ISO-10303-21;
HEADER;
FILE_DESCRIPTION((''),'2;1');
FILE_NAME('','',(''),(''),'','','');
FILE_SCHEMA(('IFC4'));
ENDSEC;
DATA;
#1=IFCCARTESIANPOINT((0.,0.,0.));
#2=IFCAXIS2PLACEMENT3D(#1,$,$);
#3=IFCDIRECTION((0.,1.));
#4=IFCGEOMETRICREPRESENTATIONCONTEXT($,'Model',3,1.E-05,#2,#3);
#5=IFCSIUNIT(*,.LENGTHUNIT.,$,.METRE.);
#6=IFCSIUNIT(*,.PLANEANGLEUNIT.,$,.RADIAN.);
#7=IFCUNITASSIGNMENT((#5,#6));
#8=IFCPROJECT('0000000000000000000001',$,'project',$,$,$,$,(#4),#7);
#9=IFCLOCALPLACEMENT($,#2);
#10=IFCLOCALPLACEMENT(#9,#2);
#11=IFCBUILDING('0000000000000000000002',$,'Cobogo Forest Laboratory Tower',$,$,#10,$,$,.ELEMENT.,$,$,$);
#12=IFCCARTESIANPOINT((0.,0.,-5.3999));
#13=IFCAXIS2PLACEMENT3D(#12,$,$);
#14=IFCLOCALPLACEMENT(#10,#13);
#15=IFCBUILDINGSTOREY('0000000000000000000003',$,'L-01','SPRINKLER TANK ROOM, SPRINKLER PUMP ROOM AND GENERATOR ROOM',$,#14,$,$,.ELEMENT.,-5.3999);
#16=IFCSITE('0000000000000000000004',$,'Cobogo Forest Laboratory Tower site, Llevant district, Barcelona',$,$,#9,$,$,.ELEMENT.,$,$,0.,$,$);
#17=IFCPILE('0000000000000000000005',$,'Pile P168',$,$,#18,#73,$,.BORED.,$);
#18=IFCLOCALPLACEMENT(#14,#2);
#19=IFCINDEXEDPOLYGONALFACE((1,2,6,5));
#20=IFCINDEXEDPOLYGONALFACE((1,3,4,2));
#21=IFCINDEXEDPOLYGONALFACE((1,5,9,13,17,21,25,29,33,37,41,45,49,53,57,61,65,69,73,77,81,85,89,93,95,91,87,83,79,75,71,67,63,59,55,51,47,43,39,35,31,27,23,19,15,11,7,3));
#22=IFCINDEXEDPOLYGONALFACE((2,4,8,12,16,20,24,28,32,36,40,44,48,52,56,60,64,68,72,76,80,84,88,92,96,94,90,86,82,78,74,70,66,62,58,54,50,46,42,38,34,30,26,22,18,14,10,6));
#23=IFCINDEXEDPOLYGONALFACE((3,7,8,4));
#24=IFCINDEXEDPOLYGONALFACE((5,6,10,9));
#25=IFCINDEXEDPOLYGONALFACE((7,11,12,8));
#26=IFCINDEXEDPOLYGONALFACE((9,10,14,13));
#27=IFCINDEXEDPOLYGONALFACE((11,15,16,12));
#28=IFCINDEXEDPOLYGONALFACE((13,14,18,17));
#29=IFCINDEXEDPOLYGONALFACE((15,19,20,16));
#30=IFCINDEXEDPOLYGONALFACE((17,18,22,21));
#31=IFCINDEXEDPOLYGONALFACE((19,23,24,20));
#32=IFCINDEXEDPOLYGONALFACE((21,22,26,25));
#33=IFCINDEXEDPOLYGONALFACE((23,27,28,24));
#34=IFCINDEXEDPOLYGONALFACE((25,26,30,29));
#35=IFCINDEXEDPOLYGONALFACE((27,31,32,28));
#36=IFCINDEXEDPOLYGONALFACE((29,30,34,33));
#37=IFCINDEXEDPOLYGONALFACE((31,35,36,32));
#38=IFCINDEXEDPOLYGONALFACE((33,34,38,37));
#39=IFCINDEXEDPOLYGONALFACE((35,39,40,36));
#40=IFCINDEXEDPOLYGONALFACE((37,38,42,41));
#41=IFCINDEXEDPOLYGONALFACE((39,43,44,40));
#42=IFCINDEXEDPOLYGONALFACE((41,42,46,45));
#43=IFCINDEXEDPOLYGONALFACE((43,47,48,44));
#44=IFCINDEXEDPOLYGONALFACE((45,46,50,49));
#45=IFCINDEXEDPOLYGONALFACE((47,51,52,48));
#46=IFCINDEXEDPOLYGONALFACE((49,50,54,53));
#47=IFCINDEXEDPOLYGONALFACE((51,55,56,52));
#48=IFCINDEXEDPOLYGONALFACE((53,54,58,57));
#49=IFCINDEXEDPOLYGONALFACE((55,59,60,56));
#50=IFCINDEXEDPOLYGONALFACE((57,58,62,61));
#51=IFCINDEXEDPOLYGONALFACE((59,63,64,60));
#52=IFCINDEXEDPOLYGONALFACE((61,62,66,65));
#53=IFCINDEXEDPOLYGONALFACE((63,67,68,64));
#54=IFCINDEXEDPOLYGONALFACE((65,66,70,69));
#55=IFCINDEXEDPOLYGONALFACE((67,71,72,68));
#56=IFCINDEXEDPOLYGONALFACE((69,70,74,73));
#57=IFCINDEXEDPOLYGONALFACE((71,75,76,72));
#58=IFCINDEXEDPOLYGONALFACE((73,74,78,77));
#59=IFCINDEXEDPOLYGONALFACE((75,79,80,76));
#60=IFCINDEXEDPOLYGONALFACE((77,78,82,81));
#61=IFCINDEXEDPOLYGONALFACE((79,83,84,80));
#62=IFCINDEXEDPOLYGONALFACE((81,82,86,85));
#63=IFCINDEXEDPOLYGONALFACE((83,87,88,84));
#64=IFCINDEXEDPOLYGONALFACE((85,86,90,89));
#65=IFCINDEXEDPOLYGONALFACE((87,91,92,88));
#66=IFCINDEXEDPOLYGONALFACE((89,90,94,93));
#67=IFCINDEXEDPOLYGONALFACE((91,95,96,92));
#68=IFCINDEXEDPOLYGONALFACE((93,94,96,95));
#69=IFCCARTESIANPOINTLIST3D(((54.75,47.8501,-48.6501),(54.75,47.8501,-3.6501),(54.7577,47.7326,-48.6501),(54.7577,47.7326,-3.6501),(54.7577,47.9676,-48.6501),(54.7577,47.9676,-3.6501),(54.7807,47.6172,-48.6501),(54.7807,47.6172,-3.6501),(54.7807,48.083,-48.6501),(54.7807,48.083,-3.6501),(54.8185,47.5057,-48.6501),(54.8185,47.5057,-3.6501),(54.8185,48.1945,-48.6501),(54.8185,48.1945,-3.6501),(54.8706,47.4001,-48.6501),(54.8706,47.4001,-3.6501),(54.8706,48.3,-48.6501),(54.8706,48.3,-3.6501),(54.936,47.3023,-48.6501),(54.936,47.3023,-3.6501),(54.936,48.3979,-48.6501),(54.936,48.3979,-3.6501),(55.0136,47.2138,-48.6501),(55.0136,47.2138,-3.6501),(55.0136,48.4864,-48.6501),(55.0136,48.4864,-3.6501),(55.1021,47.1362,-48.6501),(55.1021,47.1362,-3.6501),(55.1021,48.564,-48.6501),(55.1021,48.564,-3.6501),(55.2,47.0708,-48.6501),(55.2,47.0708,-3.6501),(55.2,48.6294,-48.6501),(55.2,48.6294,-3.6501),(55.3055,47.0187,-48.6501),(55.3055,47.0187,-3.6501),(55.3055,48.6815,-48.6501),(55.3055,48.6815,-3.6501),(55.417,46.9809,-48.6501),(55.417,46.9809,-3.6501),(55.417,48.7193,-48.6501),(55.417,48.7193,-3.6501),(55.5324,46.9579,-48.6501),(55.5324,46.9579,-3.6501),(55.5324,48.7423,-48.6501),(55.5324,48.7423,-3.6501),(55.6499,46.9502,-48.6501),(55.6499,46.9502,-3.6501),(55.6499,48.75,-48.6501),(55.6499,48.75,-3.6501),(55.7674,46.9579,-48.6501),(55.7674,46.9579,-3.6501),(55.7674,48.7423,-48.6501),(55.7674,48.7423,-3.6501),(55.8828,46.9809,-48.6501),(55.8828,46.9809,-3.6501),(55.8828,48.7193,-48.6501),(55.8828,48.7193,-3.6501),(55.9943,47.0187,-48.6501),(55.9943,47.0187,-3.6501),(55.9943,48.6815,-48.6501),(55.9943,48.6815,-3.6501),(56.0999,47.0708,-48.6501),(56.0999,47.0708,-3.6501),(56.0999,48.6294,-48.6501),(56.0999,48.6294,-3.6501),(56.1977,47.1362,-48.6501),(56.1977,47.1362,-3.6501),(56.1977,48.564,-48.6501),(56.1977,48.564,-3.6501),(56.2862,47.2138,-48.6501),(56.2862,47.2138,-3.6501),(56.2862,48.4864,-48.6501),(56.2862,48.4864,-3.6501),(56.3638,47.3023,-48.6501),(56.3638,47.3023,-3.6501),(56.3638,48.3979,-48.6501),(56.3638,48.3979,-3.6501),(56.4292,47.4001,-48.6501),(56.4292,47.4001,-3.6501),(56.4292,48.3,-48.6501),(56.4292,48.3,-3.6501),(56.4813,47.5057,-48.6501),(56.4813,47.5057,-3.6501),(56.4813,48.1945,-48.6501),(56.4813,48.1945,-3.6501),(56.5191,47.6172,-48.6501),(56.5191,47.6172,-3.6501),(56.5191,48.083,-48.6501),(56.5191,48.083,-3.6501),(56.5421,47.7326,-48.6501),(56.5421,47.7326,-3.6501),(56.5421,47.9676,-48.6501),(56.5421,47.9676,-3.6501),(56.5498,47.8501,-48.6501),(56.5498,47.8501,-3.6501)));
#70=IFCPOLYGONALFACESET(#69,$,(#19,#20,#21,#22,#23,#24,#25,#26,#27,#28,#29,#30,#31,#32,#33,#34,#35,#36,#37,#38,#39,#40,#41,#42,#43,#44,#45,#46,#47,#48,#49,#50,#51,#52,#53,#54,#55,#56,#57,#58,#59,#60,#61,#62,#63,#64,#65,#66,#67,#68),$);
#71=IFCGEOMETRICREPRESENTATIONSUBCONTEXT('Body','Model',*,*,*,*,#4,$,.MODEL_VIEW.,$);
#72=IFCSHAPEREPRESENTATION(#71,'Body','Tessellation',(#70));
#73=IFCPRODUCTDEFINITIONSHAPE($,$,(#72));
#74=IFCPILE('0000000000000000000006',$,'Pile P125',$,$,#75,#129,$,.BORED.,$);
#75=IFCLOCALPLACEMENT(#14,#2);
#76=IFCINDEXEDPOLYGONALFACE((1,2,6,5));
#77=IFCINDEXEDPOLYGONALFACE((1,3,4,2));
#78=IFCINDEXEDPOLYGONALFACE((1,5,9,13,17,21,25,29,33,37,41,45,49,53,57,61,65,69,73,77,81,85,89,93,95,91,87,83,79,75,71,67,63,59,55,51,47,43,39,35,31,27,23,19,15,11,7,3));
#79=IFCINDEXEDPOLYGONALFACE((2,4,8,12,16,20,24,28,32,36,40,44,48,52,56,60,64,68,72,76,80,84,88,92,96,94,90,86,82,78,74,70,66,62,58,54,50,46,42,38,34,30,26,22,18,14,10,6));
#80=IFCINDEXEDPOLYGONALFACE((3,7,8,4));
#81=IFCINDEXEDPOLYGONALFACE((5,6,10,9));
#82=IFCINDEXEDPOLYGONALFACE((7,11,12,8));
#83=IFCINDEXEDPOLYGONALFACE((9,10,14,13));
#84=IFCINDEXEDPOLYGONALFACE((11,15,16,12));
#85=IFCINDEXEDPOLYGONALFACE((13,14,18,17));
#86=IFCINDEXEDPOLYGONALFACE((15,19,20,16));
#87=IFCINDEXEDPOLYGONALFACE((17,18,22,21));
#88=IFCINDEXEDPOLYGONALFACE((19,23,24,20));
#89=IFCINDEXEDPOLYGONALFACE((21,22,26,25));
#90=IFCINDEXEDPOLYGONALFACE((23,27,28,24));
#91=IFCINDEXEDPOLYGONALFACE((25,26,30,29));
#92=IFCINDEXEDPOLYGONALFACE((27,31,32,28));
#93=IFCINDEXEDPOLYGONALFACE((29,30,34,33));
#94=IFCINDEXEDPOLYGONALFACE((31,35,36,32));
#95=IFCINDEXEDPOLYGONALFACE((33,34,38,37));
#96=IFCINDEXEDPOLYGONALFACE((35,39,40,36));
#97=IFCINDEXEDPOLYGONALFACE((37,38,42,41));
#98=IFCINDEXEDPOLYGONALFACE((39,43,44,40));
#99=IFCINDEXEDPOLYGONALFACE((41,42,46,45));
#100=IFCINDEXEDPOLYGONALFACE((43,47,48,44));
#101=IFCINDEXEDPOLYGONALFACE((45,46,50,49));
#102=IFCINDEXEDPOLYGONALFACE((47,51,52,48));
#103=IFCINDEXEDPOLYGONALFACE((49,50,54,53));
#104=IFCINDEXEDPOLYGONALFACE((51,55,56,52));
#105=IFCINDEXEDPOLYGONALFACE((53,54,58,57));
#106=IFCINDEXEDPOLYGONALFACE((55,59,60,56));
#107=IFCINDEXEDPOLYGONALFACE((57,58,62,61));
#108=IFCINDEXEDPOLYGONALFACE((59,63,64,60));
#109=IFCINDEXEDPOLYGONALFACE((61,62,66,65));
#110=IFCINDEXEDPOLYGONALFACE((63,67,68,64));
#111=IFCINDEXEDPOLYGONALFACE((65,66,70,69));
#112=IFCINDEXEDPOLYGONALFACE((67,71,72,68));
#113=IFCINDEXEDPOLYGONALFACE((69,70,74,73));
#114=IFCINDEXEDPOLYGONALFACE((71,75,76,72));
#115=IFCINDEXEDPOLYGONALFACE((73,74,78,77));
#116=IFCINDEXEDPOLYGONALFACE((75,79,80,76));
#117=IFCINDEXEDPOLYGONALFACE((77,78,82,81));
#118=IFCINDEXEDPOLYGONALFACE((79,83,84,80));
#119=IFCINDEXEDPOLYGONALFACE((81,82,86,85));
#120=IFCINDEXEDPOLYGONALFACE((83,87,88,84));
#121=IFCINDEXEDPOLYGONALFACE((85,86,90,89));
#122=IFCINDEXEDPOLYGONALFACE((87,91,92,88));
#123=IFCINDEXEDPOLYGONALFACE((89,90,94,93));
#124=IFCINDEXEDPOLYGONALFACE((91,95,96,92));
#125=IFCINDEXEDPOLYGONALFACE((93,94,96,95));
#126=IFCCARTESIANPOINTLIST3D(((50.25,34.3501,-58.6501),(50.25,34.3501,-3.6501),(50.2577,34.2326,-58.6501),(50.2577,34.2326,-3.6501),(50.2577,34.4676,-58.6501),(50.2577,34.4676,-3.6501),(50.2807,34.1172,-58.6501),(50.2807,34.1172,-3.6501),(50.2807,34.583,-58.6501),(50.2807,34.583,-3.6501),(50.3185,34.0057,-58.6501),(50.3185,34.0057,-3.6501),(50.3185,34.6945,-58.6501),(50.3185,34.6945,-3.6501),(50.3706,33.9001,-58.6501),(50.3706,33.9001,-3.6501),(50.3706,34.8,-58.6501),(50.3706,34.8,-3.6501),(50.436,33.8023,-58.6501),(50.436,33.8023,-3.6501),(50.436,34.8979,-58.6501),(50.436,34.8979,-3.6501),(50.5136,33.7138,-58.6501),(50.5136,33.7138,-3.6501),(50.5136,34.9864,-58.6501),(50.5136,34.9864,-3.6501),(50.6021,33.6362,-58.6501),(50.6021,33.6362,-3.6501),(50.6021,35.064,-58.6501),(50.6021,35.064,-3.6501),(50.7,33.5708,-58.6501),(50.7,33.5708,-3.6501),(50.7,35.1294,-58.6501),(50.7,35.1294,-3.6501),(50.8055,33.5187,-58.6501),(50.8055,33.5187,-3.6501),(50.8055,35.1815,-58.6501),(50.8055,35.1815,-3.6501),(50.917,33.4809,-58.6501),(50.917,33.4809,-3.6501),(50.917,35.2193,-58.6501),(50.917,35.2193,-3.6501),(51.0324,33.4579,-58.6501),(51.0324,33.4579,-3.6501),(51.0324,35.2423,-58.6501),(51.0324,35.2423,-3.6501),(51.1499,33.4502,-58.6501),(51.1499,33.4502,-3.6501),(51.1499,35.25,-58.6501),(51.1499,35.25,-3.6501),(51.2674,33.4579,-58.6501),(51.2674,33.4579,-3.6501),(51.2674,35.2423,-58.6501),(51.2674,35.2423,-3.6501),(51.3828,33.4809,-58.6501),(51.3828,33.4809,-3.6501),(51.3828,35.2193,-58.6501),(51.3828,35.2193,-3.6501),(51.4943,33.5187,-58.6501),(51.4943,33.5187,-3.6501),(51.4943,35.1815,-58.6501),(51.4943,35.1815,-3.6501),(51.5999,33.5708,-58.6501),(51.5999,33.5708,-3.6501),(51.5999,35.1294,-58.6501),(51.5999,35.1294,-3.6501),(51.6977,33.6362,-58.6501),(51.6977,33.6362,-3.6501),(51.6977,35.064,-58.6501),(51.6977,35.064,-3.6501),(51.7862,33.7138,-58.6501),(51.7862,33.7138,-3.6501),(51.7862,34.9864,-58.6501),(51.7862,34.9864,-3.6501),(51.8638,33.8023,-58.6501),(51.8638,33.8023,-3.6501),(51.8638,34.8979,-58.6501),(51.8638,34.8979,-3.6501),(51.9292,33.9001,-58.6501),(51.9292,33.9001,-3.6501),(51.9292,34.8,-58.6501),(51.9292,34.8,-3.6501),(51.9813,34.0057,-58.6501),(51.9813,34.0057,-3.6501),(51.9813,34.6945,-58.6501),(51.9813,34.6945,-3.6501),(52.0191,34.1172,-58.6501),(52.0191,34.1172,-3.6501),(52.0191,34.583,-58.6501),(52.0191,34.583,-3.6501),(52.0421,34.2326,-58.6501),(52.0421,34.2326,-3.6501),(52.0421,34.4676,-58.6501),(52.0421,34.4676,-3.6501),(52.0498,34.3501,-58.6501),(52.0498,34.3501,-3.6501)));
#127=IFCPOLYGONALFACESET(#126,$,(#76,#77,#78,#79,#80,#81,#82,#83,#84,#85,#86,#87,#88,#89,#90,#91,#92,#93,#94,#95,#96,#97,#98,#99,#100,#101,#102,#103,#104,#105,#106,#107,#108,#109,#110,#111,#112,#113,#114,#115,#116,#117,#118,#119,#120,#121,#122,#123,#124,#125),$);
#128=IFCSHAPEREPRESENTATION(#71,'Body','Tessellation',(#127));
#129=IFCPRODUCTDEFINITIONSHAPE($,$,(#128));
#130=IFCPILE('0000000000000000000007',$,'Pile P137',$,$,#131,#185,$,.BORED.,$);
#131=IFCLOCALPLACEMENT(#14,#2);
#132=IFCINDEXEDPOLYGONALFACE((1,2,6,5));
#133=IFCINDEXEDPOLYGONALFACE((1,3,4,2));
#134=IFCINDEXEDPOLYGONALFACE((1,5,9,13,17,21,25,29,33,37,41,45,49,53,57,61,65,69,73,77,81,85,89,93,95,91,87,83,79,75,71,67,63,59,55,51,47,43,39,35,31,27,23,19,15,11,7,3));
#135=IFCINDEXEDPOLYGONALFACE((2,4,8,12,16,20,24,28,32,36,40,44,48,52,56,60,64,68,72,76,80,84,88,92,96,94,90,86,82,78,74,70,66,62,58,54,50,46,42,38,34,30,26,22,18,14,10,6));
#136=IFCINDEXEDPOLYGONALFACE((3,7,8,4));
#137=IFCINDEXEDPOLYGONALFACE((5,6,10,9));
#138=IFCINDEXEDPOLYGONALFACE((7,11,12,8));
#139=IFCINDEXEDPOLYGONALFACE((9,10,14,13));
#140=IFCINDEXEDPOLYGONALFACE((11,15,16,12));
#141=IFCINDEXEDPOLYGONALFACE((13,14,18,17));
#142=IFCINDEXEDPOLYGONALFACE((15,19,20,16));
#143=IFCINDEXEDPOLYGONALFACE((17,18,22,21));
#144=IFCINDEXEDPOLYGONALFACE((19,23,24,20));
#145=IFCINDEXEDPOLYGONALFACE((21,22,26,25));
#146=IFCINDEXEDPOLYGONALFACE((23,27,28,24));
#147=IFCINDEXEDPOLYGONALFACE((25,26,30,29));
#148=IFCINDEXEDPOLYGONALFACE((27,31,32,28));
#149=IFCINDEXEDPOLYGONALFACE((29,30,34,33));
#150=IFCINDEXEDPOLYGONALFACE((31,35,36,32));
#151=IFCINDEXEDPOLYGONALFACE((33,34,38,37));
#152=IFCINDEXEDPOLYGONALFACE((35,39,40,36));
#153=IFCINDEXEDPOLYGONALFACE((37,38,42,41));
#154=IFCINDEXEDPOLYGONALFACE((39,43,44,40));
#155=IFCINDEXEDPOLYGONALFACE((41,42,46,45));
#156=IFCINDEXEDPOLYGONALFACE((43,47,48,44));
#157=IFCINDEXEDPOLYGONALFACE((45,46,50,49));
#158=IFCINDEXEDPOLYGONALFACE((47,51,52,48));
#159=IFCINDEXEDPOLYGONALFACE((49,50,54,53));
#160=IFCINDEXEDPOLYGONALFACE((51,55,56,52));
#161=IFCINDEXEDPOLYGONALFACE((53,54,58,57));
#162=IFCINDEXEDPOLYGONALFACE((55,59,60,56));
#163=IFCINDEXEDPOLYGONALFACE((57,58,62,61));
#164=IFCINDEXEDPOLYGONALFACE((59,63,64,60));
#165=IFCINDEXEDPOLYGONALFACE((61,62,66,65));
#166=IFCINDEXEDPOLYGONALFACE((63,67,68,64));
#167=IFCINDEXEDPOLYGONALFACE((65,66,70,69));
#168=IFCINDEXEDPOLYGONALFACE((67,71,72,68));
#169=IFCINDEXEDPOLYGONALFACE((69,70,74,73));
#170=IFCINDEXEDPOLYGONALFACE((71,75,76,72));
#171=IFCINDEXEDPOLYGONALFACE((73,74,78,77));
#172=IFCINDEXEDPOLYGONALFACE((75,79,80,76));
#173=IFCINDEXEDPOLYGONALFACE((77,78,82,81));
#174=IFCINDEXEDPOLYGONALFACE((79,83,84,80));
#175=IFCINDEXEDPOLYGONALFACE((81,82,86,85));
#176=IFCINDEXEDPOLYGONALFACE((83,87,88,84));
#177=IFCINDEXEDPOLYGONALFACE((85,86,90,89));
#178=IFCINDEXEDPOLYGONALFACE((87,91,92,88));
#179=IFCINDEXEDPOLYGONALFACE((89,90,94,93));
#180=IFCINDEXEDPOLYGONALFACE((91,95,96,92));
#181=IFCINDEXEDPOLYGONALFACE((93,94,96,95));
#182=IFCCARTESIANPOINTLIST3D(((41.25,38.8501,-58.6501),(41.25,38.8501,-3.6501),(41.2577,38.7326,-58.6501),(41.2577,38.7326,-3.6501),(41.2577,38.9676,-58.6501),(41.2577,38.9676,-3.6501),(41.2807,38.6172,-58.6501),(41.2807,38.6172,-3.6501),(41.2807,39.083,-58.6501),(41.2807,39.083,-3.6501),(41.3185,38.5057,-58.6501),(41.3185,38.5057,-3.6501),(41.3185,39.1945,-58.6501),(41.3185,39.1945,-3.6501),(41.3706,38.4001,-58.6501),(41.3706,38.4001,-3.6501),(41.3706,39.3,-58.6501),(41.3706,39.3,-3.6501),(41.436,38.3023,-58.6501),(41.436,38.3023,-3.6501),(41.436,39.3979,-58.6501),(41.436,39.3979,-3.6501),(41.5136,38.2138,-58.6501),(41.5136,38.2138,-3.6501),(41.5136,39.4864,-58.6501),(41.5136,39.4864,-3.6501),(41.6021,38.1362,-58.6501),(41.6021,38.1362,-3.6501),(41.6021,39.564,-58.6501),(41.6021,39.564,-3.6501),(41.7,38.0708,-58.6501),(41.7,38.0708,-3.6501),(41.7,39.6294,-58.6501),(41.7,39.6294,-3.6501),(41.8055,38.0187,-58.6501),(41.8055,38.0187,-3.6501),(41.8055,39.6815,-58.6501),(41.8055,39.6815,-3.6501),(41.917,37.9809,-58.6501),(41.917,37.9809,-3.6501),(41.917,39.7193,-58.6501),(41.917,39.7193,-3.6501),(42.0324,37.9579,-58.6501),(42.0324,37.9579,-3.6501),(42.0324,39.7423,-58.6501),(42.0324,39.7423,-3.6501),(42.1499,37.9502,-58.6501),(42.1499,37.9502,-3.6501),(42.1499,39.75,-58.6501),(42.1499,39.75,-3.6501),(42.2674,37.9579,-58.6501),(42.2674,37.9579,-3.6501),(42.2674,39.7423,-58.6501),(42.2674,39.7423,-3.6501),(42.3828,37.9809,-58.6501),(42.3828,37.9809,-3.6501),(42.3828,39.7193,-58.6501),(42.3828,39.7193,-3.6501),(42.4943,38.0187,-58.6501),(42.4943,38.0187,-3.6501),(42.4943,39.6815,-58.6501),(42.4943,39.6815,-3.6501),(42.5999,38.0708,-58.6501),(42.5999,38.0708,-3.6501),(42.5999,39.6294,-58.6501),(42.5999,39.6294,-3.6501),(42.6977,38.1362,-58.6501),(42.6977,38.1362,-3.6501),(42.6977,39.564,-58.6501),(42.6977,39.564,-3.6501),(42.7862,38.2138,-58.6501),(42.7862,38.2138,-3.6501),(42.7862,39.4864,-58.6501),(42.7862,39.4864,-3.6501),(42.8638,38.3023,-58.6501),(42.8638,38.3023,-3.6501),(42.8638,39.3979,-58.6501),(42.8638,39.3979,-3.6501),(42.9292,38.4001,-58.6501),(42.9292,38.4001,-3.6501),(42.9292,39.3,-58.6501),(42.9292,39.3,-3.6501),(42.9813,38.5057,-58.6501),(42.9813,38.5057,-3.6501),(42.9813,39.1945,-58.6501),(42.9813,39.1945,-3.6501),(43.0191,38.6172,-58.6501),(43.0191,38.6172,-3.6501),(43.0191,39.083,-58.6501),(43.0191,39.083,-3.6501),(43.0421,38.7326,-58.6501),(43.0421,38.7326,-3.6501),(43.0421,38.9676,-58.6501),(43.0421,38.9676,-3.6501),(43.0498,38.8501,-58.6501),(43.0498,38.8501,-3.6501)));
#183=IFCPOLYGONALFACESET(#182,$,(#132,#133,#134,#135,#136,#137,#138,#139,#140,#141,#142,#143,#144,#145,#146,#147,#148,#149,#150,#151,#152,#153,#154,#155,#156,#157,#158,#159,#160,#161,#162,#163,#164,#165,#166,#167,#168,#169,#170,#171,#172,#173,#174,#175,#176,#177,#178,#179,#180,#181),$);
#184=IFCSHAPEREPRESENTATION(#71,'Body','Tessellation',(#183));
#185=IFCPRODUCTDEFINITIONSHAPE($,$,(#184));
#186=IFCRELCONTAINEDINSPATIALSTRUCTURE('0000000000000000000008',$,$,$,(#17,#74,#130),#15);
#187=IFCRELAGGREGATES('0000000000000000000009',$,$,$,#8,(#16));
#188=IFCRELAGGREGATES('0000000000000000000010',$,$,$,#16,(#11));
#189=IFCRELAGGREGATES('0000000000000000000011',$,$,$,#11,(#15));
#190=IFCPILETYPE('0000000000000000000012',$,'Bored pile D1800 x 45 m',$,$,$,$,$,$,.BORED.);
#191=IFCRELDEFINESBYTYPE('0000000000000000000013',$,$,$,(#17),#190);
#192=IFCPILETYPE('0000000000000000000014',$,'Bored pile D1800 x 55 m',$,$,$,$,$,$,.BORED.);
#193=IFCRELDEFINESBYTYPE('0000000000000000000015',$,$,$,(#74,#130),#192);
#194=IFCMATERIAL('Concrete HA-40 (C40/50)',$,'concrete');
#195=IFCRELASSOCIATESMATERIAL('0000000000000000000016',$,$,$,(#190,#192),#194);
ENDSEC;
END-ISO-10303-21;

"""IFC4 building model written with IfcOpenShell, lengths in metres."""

from ifc_helpers import new_model, si_unit, direction, frame, origin, origin_2d, place, context, subcontext, project, spatial, circle, extrude, material, material_profile, profile_set, type_object, element, save


model = new_model("IFC4")

# Units and contexts
model_context = context("Model", 3, precision=1e-05, world=origin(), true_north=direction((0.0, 1.0)))
body_context = subcontext(model_context, "Body", "Model", "MODEL_VIEW")
ifc_project = project(units=[si_unit("LENGTHUNIT", "METRE"), si_unit("PLANEANGLEUNIT", "RADIAN")], contexts=[model_context])

# Site, building, storey
site_placement = place(None, origin())
site = spatial("IfcSite", under=ifc_project, at=site_placement, Name="Cobogo Forest Laboratory Tower site, Llevant district, Barcelona", CompositionType="ELEMENT", RefElevation=0.0)
building_placement = place(site_placement, origin())
building = spatial("IfcBuilding", under=site, at=building_placement, Name="Cobogo Forest Laboratory Tower", CompositionType="ELEMENT")
storey_placement = place(building_placement, frame((0.0, 0.0, -5.3999)))
storey = spatial("IfcBuildingStorey", under=building, at=storey_placement, Name="L-01", Description="SPRINKLER TANK ROOM, SPRINKLER PUMP ROOM AND GENERATOR ROOM", CompositionType="ELEMENT", Elevation=-5.3999)

# Piles
ifc_material_1 = material(Name="Concrete HA-40 (C40/50)", Category="concrete")
ifc_material_profile_1 = material_profile(ifc_material_1, circle(Radius=0.8999, at=origin_2d()), Name="PILE D1800")
ifc_profile_set_1 = profile_set([ifc_material_profile_1], Name="Concrete HA-40 (C40/50)")
pile_type_1 = type_object("IfcPileType", Name="Bored pile D1800 x 45 m", PredefinedType="BORED", material=ifc_profile_set_1)
for number, where, z_axis, x_axis, name in (
    (1, (55.6499, 47.8501, -3.6501), (0.0, 0.0, -1.0), (1.0, 0.0, 0.0), "Pile P168"),
):
    element("IfcPile", number, at=place(storey_placement, frame(where, z_axis=z_axis, x_axis=x_axis)), inside=storey, type_object=pile_type_1, Name=name, PredefinedType="BORED", context=body_context, shape_type="SweptSolid", body=[
        extrude(circle(Radius=0.8999, at=origin_2d()), origin(), (0.0, 0.0, 1.0), 45.0),
    ])
ifc_material_profile_2 = material_profile(ifc_material_1, circle(Radius=0.8999, at=origin_2d()), Name="PILE D1800")
ifc_profile_set_2 = profile_set([ifc_material_profile_2], Name="Concrete HA-40 (C40/50)")
pile_type_2 = type_object("IfcPileType", Name="Bored pile D1800 x 55 m", PredefinedType="BORED", material=ifc_profile_set_2)
for number, where, z_axis, x_axis, name in (
    (2, (51.1499, 34.3501, -3.6501), (0.0, 0.0, -1.0), (1.0, 0.0, 0.0), "Pile P125"),
    (3, (42.1499, 38.8501, -3.6501), (0.0, 0.0, -1.0), (1.0, 0.0, 0.0), "Pile P137"),
):
    element("IfcPile", number, at=place(storey_placement, frame(where, z_axis=z_axis, x_axis=x_axis)), inside=storey, type_object=pile_type_2, Name=name, PredefinedType="BORED", context=body_context, shape_type="SweptSolid", body=[
        extrude(circle(Radius=0.8999, at=origin_2d()), origin(), (0.0, 0.0, 1.0), 55.0),
    ])

save(model, "model.ifc")
